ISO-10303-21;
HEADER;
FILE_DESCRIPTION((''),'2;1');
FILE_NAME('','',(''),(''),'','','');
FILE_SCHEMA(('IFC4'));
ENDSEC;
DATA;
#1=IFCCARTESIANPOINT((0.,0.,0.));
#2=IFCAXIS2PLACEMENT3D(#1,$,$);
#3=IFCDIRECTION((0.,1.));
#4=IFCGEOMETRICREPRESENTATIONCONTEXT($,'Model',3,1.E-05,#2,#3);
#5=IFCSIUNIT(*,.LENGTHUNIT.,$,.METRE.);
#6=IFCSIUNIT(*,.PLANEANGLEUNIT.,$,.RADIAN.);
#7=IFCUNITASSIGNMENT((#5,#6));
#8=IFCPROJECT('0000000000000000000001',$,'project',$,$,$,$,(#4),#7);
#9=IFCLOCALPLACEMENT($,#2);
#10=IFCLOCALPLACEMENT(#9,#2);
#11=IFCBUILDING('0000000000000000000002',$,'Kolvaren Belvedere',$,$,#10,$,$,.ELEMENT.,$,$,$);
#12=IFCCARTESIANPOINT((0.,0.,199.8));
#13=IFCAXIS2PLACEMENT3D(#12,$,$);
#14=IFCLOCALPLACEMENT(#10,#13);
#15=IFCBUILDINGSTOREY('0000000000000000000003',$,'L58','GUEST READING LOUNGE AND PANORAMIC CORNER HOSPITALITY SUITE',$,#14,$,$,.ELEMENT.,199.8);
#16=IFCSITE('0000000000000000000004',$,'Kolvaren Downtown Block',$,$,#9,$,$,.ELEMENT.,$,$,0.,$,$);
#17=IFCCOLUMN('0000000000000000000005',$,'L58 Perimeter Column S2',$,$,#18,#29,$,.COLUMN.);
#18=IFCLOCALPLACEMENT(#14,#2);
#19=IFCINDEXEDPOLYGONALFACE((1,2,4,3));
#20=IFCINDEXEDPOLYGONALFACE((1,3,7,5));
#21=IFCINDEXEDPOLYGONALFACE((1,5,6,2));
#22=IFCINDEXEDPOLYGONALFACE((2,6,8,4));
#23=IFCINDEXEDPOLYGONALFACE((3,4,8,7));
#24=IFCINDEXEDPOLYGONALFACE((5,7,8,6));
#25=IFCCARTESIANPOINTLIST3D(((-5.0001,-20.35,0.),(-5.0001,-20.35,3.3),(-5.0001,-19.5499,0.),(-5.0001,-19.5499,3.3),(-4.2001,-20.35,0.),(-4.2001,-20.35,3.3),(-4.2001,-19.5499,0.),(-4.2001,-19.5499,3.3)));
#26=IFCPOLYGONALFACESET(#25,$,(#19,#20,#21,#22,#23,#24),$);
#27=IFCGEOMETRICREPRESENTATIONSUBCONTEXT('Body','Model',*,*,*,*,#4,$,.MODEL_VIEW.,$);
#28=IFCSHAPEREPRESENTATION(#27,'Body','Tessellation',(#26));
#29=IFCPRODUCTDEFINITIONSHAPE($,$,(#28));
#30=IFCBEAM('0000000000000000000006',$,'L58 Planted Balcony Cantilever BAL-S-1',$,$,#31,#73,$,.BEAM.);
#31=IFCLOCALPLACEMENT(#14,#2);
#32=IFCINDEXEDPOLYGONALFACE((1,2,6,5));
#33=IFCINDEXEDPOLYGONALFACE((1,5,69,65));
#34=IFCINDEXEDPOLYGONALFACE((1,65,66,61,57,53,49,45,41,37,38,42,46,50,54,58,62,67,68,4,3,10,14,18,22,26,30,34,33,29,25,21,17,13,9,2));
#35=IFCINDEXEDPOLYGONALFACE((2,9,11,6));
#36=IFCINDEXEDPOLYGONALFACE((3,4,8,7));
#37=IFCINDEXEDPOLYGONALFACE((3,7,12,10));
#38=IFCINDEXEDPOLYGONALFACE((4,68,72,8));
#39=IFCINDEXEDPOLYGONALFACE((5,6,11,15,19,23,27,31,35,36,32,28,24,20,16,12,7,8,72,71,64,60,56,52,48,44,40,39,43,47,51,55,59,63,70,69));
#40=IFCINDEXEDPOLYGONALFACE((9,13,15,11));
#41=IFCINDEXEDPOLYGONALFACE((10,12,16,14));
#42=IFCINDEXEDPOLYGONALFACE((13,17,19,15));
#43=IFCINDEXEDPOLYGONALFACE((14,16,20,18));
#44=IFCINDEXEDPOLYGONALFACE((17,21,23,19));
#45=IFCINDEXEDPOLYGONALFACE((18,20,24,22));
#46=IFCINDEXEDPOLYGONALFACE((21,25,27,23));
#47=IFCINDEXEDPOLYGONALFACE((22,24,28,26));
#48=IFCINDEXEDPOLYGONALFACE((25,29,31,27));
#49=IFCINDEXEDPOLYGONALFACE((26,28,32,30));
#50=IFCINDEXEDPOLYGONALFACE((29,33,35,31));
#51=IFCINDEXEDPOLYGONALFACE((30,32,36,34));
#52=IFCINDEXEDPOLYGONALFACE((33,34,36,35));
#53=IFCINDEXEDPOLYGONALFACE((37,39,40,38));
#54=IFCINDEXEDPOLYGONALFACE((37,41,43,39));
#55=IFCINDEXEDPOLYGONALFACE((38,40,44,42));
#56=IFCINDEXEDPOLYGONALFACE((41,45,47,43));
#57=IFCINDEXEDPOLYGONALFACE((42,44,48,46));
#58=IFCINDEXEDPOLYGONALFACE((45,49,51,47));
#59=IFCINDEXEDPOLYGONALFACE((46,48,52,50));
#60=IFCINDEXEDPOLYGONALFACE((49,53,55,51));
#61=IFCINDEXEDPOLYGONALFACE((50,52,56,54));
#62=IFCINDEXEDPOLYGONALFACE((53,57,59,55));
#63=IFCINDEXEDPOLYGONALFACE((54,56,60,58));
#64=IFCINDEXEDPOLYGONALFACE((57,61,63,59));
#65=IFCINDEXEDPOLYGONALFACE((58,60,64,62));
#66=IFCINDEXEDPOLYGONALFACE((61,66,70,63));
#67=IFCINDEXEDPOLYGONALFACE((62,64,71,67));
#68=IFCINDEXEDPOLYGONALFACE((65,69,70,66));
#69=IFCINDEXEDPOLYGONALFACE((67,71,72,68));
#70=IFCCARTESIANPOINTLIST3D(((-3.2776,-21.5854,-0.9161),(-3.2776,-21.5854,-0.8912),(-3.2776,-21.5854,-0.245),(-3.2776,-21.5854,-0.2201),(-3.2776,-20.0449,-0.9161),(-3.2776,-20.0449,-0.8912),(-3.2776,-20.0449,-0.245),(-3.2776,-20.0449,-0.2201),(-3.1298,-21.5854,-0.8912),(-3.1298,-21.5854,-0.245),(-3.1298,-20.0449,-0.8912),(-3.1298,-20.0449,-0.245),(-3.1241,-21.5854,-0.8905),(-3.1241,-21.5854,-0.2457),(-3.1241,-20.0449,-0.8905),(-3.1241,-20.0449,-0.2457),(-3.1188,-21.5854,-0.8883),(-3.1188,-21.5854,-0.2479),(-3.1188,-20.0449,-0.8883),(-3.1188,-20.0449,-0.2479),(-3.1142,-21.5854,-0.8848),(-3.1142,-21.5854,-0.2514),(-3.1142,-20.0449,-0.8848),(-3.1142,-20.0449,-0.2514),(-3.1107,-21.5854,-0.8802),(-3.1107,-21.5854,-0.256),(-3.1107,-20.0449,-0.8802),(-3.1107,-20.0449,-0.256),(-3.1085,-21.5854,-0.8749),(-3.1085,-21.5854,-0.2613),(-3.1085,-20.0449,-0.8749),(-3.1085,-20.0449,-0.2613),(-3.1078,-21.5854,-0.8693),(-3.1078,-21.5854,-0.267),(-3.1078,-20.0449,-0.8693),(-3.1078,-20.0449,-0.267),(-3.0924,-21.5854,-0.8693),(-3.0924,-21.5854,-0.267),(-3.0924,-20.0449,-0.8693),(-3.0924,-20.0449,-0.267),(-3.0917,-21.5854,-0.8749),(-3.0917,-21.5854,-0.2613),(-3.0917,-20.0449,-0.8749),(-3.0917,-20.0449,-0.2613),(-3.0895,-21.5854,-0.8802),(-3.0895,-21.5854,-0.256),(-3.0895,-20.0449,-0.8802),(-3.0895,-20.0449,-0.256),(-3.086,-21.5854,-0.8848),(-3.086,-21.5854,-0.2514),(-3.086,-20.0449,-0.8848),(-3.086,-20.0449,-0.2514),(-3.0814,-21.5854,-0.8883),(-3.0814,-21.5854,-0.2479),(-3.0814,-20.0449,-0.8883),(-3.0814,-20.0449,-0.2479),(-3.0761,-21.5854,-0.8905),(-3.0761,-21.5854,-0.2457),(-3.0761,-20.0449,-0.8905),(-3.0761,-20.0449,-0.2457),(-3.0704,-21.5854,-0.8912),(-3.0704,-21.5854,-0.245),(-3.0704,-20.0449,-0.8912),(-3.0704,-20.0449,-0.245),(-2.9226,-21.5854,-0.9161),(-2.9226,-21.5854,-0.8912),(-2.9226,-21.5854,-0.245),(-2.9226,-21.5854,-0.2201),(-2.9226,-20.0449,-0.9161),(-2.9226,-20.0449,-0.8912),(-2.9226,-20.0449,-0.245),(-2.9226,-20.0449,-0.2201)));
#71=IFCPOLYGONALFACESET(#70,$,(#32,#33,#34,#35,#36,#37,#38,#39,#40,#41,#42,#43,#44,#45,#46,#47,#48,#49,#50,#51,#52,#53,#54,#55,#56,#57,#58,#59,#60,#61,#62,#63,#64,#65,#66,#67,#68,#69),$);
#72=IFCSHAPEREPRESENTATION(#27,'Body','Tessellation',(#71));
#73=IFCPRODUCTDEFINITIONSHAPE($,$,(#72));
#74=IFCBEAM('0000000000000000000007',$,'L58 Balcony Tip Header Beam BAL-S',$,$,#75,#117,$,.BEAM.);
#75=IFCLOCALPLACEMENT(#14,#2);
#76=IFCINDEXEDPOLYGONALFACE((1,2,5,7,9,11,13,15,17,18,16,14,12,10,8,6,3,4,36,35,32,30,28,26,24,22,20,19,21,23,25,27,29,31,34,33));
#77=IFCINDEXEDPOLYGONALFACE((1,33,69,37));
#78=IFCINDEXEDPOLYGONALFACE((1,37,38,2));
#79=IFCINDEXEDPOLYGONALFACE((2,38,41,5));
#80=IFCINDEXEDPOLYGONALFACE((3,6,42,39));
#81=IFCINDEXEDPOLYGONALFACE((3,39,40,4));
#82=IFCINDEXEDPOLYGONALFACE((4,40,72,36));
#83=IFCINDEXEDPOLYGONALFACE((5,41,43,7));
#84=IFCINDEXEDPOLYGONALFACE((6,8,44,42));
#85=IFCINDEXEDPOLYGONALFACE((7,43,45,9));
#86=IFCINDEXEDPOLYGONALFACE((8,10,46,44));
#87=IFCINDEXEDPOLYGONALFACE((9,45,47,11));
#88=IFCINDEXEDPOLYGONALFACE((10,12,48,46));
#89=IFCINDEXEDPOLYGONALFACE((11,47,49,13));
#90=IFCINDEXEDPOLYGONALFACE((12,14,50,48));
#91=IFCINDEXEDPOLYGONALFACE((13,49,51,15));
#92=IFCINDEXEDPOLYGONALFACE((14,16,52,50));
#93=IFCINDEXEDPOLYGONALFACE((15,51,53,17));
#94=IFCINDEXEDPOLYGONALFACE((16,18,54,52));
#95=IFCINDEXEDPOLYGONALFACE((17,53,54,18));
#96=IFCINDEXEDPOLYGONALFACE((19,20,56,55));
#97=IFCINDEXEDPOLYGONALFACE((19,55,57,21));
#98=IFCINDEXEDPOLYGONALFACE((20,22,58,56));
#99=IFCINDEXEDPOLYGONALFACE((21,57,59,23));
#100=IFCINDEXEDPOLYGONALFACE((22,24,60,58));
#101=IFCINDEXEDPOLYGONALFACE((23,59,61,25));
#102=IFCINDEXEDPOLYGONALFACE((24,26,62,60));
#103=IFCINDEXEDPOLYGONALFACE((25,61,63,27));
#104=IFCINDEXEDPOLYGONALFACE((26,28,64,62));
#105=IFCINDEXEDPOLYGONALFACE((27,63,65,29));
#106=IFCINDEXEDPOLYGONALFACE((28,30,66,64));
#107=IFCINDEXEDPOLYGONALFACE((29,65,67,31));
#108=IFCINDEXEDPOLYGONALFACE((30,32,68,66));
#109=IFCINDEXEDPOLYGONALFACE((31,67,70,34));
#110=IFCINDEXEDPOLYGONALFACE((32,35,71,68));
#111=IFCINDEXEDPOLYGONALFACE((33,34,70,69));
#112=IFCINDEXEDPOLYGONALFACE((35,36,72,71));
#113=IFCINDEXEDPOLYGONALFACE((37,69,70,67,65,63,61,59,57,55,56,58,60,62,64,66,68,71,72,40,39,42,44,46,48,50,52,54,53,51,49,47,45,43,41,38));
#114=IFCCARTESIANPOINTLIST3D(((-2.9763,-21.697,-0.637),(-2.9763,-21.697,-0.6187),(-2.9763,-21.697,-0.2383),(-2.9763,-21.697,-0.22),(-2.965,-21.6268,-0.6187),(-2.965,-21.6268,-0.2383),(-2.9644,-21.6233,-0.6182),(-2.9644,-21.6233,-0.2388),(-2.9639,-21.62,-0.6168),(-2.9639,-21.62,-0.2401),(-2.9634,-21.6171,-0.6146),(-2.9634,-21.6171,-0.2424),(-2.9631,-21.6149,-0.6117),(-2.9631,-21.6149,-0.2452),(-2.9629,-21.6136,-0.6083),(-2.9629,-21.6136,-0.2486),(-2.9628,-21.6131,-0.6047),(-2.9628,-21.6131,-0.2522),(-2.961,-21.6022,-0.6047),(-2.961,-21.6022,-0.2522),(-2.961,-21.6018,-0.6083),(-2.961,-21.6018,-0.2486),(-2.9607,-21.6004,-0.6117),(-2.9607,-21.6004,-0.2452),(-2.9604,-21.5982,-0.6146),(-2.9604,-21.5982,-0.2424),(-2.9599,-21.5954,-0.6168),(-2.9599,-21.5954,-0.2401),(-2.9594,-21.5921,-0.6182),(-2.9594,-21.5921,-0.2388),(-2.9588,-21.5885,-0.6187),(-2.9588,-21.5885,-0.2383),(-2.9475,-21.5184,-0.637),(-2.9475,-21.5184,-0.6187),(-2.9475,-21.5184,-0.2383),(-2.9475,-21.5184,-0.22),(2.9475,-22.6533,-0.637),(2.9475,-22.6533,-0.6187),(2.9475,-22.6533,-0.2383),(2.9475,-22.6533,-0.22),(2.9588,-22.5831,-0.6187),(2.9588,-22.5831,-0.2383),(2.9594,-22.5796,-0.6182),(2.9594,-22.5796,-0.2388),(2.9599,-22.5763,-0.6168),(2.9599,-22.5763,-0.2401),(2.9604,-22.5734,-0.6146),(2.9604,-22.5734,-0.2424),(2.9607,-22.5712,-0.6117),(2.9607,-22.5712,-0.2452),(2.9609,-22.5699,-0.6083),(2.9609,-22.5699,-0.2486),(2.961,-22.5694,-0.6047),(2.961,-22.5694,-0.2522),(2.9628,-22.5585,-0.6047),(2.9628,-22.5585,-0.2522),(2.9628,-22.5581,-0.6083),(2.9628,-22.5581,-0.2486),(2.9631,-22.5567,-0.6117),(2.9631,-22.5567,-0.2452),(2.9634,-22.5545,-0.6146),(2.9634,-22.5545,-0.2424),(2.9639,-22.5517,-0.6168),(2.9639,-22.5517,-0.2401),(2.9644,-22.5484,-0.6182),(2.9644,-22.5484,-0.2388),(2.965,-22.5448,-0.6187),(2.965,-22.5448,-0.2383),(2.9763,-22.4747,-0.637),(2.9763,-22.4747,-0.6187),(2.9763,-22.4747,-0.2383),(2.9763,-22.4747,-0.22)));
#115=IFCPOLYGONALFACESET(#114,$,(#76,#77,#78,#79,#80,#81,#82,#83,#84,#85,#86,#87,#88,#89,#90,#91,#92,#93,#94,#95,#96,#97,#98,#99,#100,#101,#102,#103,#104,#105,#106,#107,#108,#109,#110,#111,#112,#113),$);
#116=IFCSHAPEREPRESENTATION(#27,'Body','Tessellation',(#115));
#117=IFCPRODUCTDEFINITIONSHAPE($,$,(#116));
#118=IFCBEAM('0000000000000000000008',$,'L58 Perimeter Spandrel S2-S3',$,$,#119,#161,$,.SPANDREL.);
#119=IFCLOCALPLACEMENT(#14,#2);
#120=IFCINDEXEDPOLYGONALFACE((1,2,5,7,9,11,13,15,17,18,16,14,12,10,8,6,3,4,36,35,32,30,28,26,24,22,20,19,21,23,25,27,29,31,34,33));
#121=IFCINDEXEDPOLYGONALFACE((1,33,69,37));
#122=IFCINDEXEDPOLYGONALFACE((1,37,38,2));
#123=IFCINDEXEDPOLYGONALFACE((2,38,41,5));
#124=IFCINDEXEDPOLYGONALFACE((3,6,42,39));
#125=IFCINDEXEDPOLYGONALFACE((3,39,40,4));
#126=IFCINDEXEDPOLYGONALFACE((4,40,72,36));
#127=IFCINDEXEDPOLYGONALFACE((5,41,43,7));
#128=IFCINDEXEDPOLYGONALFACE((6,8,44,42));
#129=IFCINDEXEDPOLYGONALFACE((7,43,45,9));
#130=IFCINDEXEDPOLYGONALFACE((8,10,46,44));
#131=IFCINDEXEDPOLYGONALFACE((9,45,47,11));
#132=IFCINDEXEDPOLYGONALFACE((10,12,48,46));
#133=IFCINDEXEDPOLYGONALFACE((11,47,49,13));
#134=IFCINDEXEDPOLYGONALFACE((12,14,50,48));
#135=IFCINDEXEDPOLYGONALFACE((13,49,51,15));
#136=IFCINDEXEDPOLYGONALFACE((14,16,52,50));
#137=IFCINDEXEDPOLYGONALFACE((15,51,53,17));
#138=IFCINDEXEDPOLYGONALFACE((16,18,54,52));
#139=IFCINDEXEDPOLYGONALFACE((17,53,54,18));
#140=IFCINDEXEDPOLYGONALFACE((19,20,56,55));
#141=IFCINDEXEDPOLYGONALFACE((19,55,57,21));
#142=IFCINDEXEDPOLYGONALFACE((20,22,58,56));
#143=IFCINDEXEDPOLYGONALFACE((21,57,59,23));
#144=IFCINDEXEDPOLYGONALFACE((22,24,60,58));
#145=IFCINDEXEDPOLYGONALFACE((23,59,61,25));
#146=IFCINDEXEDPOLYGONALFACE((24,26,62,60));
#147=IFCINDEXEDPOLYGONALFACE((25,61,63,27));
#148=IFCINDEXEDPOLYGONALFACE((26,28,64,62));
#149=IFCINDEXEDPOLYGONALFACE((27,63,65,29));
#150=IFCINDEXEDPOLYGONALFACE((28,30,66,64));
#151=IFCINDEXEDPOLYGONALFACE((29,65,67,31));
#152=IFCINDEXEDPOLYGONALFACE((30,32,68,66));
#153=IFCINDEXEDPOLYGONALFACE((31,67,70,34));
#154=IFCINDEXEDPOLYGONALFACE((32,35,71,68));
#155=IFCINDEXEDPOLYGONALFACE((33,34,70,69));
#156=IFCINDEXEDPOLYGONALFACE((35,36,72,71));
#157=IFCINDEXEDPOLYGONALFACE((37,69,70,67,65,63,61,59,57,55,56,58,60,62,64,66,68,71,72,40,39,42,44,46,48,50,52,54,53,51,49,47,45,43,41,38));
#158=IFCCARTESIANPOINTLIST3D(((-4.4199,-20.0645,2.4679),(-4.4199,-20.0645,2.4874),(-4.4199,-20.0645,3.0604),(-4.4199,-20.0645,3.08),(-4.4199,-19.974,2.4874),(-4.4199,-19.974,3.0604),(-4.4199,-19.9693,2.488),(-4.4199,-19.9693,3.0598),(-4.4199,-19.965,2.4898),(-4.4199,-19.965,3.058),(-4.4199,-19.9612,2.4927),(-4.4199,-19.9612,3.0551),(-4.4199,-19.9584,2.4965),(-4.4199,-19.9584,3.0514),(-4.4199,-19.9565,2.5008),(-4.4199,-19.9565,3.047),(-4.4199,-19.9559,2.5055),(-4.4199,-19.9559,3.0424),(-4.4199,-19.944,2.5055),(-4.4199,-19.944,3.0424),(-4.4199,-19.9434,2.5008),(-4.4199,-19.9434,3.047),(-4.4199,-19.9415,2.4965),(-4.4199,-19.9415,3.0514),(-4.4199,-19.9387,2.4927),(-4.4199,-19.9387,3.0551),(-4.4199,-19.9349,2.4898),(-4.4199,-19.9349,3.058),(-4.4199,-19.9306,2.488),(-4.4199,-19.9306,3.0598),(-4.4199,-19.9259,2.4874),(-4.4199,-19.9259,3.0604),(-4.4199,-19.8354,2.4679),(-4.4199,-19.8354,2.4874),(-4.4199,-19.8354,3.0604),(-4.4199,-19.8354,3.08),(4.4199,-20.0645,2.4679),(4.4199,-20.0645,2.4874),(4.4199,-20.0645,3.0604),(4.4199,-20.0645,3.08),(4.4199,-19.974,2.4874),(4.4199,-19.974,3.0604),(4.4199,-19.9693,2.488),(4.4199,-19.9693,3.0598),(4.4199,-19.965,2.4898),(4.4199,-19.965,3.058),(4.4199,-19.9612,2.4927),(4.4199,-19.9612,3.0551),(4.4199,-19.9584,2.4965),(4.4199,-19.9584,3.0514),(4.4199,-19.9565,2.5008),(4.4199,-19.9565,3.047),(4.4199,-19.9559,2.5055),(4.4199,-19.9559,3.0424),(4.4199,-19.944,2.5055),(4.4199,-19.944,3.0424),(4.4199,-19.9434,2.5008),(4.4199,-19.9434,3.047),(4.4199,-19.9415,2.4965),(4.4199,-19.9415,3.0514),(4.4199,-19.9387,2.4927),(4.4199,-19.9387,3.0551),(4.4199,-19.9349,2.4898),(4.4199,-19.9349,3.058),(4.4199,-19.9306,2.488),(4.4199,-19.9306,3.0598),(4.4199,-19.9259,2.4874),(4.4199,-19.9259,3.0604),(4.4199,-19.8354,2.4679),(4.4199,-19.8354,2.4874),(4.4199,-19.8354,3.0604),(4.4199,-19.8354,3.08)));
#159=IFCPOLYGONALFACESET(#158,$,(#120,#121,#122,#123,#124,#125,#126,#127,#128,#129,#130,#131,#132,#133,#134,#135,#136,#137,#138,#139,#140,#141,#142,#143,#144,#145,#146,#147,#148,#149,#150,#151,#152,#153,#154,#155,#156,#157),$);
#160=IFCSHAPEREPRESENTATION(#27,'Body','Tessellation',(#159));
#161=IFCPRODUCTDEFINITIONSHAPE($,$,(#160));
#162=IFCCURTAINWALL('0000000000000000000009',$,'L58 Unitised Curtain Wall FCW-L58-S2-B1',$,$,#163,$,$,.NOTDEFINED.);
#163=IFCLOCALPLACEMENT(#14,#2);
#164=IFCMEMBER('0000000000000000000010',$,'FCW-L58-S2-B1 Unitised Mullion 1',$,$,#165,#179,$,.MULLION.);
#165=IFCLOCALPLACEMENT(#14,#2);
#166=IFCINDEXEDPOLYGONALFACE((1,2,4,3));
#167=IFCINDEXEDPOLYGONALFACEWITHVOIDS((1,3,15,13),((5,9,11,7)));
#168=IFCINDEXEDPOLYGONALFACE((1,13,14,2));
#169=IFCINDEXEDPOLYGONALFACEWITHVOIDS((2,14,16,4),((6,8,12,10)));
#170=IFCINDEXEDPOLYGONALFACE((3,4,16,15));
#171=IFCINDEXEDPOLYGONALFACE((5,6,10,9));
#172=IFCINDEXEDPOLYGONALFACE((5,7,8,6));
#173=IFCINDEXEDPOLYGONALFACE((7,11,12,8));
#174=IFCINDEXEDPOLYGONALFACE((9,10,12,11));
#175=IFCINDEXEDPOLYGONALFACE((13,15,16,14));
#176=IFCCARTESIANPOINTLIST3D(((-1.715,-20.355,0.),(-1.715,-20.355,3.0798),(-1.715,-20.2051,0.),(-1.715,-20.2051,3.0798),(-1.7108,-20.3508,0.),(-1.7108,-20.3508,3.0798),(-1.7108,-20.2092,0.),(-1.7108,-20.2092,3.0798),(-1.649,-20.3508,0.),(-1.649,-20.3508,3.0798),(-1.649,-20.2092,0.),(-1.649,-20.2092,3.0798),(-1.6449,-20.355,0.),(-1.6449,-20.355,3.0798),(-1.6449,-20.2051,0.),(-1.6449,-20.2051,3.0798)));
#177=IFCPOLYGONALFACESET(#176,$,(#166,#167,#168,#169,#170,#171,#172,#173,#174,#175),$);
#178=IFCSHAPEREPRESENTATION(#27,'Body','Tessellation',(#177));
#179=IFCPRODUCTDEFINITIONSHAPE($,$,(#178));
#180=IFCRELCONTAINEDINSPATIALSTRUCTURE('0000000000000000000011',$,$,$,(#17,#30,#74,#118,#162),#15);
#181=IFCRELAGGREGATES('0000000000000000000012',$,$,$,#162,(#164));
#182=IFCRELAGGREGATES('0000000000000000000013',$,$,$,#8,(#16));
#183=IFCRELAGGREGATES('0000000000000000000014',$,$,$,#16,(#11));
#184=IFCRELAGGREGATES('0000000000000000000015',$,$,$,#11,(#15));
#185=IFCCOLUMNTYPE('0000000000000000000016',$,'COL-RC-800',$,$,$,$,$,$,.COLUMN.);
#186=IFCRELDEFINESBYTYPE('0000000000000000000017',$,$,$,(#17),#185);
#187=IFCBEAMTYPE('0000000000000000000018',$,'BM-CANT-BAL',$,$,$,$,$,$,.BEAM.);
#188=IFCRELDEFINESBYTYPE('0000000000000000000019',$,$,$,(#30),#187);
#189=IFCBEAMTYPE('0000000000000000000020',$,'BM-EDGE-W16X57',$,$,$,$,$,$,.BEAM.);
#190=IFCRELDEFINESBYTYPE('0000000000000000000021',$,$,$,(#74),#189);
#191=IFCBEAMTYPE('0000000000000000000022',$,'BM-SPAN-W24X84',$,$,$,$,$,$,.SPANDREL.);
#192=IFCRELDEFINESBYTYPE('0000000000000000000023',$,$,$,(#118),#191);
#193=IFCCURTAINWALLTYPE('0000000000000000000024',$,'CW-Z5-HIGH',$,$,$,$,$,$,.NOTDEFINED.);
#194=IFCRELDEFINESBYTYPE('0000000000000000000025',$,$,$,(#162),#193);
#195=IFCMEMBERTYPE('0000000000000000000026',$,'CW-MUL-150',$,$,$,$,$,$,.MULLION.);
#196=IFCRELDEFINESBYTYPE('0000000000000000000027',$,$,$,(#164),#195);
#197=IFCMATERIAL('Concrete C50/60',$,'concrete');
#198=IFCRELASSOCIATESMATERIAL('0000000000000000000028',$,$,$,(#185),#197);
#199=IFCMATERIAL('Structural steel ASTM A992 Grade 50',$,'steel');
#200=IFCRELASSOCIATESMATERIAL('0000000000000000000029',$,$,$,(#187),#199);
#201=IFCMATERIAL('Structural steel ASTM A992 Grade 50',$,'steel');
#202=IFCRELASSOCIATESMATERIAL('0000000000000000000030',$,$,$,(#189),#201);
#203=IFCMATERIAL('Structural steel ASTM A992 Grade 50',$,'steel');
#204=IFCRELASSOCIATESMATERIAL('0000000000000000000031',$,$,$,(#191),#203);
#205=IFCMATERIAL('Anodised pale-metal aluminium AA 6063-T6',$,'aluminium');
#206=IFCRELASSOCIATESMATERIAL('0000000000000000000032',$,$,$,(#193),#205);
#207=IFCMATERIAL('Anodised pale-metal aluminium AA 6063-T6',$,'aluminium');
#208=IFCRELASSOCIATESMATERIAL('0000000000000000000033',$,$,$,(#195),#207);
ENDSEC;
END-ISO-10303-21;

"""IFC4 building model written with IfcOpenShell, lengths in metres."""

from ifc_helpers import new_model, si_unit, direction, frame, origin, origin_2d, place, context, subcontext, project, spatial, rectangle, hollow_rectangle, i_section, extrude, material, material_profile, profile_set, type_object, element, aggregate, save


model = new_model("IFC4")

# Units and contexts
model_context = context("Model", 3, precision=1e-05, world=origin(), true_north=direction((0.0, 1.0)))
body_context = subcontext(model_context, "Body", "Model", "MODEL_VIEW")
ifc_project = project(units=[si_unit("LENGTHUNIT", "METRE"), si_unit("PLANEANGLEUNIT", "RADIAN")], contexts=[model_context])

# Site, building, storey
site_placement = place(None, origin())
site = spatial("IfcSite", under=ifc_project, at=site_placement, Name="Kolvaren Downtown Block", CompositionType="ELEMENT", RefElevation=0.0)
building_placement = place(site_placement, origin())
building = spatial("IfcBuilding", under=site, at=building_placement, Name="Kolvaren Belvedere", CompositionType="ELEMENT")
storey_placement = place(building_placement, frame((0.0, 0.0, 199.8)))
storey = spatial("IfcBuildingStorey", under=building, at=storey_placement, Name="L58", Description="GUEST READING LOUNGE AND PANORAMIC CORNER HOSPITALITY SUITE", CompositionType="ELEMENT", Elevation=199.8)

# Column
ifc_material_1 = material(Name="Concrete C50/60", Category="concrete")
ifc_material_profile_1 = material_profile(ifc_material_1, rectangle(XDim=0.8, YDim=0.8, at=origin_2d()), Name="RC 800X800")
ifc_profile_set_1 = profile_set([ifc_material_profile_1], Name="Concrete C50/60")
column_type = type_object("IfcColumnType", Name="COL-RC-800", PredefinedType="COLUMN", material=ifc_profile_set_1)
column_placement = place(storey_placement, frame((-4.6001, -19.95, 0.0), z_axis=(0.0, 0.0, 1.0), x_axis=(1.0, 0.0, 0.0)))
element("IfcColumn", 1, at=column_placement, inside=storey, type_object=column_type, Name="L58 Perimeter Column S2", PredefinedType="COLUMN", context=body_context, shape_type="SweptSolid", body=[
    extrude(rectangle(XDim=0.8, YDim=0.8, at=origin_2d()), origin(), (0.0, 0.0, 1.0), 3.3),
])

# Beams
ifc_material_2 = material(Name="Structural steel ASTM A992 Grade 50", Category="steel")
ifc_material_profile_2 = material_profile(ifc_material_2, i_section(OverallWidth=0.355, OverallDepth=0.696, WebThickness=0.0154, FlangeThickness=0.0249, FilletRadius=0.022, at=origin_2d()), Name="W27X146")
ifc_profile_set_2 = profile_set([ifc_material_profile_2], Name="Structural steel ASTM A992 Grade 50")
beam_type_1 = type_object("IfcBeamType", Name="BM-CANT-BAL", PredefinedType="BEAM", material=ifc_profile_set_2)
beam_1_placement = place(storey_placement, frame((-3.1001, -20.0449, -0.5681), z_axis=(0.0, -1.0, 0.0), x_axis=(1.0, 0.0, 0.0)))
element("IfcBeam", 2, at=beam_1_placement, inside=storey, type_object=beam_type_1, Name="L58 Planted Balcony Cantilever BAL-S-1", PredefinedType="BEAM", context=body_context, shape_type="SweptSolid", body=[
    extrude(i_section(OverallWidth=0.355, OverallDepth=0.696, WebThickness=0.0154, FlangeThickness=0.0249, FilletRadius=0.022, at=origin_2d()), origin(), (0.0, 0.0, 1.0), 1.5405),
])
ifc_material_3 = material(Name="Structural steel ASTM A992 Grade 50", Category="steel")
ifc_material_profile_3 = material_profile(ifc_material_3, i_section(OverallWidth=0.1809, OverallDepth=0.417, WebThickness=0.011, FlangeThickness=0.0183, FilletRadius=0.0139, at=origin_2d()), Name="W16X57")
ifc_profile_set_3 = profile_set([ifc_material_profile_3], Name="Structural steel ASTM A992 Grade 50")
beam_type_2 = type_object("IfcBeamType", Name="BM-EDGE-W16X57", PredefinedType="BEAM", material=ifc_profile_set_3)
beam_2_placement = place(storey_placement, frame((-2.9619, -21.6077, -0.4285), z_axis=(0.987219, -0.159369, 0.0), x_axis=(0.159369, 0.987219, 0.0)))
element("IfcBeam", 3, at=beam_2_placement, inside=storey, type_object=beam_type_2, Name="L58 Balcony Tip Header Beam BAL-S", PredefinedType="BEAM", context=body_context, shape_type="SweptSolid", body=[
    extrude(i_section(OverallWidth=0.1809, OverallDepth=0.417, WebThickness=0.011, FlangeThickness=0.0183, FilletRadius=0.0139, at=origin_2d()), origin(), (0.0, 0.0, 1.0), 6.0005),
])
ifc_material_4 = material(Name="Structural steel ASTM A992 Grade 50", Category="steel")
ifc_material_profile_4 = material_profile(ifc_material_4, i_section(OverallWidth=0.229, OverallDepth=0.6121, WebThickness=0.012, FlangeThickness=0.0195, FilletRadius=0.0181, at=origin_2d()), Name="W24X84")
ifc_profile_set_4 = profile_set([ifc_material_profile_4], Name="Structural steel ASTM A992 Grade 50")
beam_type_3 = type_object("IfcBeamType", Name="BM-SPAN-W24X84", PredefinedType="SPANDREL", material=ifc_profile_set_4)
beam_3_placement = place(storey_placement, frame((-4.4199, -19.95, 2.7739), z_axis=(1.0, 0.0, 0.0), x_axis=(0.0, 1.0, 0.0)))
element("IfcBeam", 4, at=beam_3_placement, inside=storey, type_object=beam_type_3, Name="L58 Perimeter Spandrel S2-S3", PredefinedType="SPANDREL", context=body_context, shape_type="SweptSolid", body=[
    extrude(i_section(OverallWidth=0.229, OverallDepth=0.6121, WebThickness=0.012, FlangeThickness=0.0195, FilletRadius=0.0181, at=origin_2d()), origin(), (0.0, 0.0, 1.0), 8.8398),
])

# Curtain wall, member
ifc_material_5 = material(Name="Anodised pale-metal aluminium AA 6063-T6", Category="aluminium")
curtain_wall_type = type_object("IfcCurtainWallType", Name="CW-Z5-HIGH", PredefinedType="NOTDEFINED", material=ifc_material_5)
curtain_wall_1_placement = place(storey_placement, origin())
curtain_wall_1 = element("IfcCurtainWall", 5, at=curtain_wall_1_placement, inside=storey, type_object=curtain_wall_type, Name="L58 Unitised Curtain Wall FCW-L58-S2-B1", PredefinedType="NOTDEFINED")
ifc_material_6 = material(Name="Anodised pale-metal aluminium AA 6063-T6", Category="aluminium")
ifc_material_profile_5 = material_profile(ifc_material_6, hollow_rectangle(XDim=0.0701, YDim=0.1499, WallThickness=0.0042, at=origin_2d()), Name="ALU-MUL-150X70")
ifc_profile_set_5 = profile_set([ifc_material_profile_5], Name="Anodised pale-metal aluminium AA 6063-T6")
member_type_1 = type_object("IfcMemberType", Name="CW-MUL-150", PredefinedType="MULLION", material=ifc_profile_set_5)
member_1_placement = place(storey_placement, frame((-1.6799, -20.28, 0.0), z_axis=(0.0, 0.0, 1.0), x_axis=(1.0, 0.0, 0.0)))
member_1 = element("IfcMember", 6, at=member_1_placement, type_object=member_type_1, Name="FCW-L58-S2-B1 Unitised Mullion 1", PredefinedType="MULLION", context=body_context, shape_type="SweptSolid", body=[
    extrude(hollow_rectangle(XDim=0.0701, YDim=0.1499, WallThickness=0.0042, at=origin_2d()), origin(), (0.0, 0.0, 1.0), 3.0798),
])

aggregate(curtain_wall_1, [member_1])

save(model, "model.ifc")
